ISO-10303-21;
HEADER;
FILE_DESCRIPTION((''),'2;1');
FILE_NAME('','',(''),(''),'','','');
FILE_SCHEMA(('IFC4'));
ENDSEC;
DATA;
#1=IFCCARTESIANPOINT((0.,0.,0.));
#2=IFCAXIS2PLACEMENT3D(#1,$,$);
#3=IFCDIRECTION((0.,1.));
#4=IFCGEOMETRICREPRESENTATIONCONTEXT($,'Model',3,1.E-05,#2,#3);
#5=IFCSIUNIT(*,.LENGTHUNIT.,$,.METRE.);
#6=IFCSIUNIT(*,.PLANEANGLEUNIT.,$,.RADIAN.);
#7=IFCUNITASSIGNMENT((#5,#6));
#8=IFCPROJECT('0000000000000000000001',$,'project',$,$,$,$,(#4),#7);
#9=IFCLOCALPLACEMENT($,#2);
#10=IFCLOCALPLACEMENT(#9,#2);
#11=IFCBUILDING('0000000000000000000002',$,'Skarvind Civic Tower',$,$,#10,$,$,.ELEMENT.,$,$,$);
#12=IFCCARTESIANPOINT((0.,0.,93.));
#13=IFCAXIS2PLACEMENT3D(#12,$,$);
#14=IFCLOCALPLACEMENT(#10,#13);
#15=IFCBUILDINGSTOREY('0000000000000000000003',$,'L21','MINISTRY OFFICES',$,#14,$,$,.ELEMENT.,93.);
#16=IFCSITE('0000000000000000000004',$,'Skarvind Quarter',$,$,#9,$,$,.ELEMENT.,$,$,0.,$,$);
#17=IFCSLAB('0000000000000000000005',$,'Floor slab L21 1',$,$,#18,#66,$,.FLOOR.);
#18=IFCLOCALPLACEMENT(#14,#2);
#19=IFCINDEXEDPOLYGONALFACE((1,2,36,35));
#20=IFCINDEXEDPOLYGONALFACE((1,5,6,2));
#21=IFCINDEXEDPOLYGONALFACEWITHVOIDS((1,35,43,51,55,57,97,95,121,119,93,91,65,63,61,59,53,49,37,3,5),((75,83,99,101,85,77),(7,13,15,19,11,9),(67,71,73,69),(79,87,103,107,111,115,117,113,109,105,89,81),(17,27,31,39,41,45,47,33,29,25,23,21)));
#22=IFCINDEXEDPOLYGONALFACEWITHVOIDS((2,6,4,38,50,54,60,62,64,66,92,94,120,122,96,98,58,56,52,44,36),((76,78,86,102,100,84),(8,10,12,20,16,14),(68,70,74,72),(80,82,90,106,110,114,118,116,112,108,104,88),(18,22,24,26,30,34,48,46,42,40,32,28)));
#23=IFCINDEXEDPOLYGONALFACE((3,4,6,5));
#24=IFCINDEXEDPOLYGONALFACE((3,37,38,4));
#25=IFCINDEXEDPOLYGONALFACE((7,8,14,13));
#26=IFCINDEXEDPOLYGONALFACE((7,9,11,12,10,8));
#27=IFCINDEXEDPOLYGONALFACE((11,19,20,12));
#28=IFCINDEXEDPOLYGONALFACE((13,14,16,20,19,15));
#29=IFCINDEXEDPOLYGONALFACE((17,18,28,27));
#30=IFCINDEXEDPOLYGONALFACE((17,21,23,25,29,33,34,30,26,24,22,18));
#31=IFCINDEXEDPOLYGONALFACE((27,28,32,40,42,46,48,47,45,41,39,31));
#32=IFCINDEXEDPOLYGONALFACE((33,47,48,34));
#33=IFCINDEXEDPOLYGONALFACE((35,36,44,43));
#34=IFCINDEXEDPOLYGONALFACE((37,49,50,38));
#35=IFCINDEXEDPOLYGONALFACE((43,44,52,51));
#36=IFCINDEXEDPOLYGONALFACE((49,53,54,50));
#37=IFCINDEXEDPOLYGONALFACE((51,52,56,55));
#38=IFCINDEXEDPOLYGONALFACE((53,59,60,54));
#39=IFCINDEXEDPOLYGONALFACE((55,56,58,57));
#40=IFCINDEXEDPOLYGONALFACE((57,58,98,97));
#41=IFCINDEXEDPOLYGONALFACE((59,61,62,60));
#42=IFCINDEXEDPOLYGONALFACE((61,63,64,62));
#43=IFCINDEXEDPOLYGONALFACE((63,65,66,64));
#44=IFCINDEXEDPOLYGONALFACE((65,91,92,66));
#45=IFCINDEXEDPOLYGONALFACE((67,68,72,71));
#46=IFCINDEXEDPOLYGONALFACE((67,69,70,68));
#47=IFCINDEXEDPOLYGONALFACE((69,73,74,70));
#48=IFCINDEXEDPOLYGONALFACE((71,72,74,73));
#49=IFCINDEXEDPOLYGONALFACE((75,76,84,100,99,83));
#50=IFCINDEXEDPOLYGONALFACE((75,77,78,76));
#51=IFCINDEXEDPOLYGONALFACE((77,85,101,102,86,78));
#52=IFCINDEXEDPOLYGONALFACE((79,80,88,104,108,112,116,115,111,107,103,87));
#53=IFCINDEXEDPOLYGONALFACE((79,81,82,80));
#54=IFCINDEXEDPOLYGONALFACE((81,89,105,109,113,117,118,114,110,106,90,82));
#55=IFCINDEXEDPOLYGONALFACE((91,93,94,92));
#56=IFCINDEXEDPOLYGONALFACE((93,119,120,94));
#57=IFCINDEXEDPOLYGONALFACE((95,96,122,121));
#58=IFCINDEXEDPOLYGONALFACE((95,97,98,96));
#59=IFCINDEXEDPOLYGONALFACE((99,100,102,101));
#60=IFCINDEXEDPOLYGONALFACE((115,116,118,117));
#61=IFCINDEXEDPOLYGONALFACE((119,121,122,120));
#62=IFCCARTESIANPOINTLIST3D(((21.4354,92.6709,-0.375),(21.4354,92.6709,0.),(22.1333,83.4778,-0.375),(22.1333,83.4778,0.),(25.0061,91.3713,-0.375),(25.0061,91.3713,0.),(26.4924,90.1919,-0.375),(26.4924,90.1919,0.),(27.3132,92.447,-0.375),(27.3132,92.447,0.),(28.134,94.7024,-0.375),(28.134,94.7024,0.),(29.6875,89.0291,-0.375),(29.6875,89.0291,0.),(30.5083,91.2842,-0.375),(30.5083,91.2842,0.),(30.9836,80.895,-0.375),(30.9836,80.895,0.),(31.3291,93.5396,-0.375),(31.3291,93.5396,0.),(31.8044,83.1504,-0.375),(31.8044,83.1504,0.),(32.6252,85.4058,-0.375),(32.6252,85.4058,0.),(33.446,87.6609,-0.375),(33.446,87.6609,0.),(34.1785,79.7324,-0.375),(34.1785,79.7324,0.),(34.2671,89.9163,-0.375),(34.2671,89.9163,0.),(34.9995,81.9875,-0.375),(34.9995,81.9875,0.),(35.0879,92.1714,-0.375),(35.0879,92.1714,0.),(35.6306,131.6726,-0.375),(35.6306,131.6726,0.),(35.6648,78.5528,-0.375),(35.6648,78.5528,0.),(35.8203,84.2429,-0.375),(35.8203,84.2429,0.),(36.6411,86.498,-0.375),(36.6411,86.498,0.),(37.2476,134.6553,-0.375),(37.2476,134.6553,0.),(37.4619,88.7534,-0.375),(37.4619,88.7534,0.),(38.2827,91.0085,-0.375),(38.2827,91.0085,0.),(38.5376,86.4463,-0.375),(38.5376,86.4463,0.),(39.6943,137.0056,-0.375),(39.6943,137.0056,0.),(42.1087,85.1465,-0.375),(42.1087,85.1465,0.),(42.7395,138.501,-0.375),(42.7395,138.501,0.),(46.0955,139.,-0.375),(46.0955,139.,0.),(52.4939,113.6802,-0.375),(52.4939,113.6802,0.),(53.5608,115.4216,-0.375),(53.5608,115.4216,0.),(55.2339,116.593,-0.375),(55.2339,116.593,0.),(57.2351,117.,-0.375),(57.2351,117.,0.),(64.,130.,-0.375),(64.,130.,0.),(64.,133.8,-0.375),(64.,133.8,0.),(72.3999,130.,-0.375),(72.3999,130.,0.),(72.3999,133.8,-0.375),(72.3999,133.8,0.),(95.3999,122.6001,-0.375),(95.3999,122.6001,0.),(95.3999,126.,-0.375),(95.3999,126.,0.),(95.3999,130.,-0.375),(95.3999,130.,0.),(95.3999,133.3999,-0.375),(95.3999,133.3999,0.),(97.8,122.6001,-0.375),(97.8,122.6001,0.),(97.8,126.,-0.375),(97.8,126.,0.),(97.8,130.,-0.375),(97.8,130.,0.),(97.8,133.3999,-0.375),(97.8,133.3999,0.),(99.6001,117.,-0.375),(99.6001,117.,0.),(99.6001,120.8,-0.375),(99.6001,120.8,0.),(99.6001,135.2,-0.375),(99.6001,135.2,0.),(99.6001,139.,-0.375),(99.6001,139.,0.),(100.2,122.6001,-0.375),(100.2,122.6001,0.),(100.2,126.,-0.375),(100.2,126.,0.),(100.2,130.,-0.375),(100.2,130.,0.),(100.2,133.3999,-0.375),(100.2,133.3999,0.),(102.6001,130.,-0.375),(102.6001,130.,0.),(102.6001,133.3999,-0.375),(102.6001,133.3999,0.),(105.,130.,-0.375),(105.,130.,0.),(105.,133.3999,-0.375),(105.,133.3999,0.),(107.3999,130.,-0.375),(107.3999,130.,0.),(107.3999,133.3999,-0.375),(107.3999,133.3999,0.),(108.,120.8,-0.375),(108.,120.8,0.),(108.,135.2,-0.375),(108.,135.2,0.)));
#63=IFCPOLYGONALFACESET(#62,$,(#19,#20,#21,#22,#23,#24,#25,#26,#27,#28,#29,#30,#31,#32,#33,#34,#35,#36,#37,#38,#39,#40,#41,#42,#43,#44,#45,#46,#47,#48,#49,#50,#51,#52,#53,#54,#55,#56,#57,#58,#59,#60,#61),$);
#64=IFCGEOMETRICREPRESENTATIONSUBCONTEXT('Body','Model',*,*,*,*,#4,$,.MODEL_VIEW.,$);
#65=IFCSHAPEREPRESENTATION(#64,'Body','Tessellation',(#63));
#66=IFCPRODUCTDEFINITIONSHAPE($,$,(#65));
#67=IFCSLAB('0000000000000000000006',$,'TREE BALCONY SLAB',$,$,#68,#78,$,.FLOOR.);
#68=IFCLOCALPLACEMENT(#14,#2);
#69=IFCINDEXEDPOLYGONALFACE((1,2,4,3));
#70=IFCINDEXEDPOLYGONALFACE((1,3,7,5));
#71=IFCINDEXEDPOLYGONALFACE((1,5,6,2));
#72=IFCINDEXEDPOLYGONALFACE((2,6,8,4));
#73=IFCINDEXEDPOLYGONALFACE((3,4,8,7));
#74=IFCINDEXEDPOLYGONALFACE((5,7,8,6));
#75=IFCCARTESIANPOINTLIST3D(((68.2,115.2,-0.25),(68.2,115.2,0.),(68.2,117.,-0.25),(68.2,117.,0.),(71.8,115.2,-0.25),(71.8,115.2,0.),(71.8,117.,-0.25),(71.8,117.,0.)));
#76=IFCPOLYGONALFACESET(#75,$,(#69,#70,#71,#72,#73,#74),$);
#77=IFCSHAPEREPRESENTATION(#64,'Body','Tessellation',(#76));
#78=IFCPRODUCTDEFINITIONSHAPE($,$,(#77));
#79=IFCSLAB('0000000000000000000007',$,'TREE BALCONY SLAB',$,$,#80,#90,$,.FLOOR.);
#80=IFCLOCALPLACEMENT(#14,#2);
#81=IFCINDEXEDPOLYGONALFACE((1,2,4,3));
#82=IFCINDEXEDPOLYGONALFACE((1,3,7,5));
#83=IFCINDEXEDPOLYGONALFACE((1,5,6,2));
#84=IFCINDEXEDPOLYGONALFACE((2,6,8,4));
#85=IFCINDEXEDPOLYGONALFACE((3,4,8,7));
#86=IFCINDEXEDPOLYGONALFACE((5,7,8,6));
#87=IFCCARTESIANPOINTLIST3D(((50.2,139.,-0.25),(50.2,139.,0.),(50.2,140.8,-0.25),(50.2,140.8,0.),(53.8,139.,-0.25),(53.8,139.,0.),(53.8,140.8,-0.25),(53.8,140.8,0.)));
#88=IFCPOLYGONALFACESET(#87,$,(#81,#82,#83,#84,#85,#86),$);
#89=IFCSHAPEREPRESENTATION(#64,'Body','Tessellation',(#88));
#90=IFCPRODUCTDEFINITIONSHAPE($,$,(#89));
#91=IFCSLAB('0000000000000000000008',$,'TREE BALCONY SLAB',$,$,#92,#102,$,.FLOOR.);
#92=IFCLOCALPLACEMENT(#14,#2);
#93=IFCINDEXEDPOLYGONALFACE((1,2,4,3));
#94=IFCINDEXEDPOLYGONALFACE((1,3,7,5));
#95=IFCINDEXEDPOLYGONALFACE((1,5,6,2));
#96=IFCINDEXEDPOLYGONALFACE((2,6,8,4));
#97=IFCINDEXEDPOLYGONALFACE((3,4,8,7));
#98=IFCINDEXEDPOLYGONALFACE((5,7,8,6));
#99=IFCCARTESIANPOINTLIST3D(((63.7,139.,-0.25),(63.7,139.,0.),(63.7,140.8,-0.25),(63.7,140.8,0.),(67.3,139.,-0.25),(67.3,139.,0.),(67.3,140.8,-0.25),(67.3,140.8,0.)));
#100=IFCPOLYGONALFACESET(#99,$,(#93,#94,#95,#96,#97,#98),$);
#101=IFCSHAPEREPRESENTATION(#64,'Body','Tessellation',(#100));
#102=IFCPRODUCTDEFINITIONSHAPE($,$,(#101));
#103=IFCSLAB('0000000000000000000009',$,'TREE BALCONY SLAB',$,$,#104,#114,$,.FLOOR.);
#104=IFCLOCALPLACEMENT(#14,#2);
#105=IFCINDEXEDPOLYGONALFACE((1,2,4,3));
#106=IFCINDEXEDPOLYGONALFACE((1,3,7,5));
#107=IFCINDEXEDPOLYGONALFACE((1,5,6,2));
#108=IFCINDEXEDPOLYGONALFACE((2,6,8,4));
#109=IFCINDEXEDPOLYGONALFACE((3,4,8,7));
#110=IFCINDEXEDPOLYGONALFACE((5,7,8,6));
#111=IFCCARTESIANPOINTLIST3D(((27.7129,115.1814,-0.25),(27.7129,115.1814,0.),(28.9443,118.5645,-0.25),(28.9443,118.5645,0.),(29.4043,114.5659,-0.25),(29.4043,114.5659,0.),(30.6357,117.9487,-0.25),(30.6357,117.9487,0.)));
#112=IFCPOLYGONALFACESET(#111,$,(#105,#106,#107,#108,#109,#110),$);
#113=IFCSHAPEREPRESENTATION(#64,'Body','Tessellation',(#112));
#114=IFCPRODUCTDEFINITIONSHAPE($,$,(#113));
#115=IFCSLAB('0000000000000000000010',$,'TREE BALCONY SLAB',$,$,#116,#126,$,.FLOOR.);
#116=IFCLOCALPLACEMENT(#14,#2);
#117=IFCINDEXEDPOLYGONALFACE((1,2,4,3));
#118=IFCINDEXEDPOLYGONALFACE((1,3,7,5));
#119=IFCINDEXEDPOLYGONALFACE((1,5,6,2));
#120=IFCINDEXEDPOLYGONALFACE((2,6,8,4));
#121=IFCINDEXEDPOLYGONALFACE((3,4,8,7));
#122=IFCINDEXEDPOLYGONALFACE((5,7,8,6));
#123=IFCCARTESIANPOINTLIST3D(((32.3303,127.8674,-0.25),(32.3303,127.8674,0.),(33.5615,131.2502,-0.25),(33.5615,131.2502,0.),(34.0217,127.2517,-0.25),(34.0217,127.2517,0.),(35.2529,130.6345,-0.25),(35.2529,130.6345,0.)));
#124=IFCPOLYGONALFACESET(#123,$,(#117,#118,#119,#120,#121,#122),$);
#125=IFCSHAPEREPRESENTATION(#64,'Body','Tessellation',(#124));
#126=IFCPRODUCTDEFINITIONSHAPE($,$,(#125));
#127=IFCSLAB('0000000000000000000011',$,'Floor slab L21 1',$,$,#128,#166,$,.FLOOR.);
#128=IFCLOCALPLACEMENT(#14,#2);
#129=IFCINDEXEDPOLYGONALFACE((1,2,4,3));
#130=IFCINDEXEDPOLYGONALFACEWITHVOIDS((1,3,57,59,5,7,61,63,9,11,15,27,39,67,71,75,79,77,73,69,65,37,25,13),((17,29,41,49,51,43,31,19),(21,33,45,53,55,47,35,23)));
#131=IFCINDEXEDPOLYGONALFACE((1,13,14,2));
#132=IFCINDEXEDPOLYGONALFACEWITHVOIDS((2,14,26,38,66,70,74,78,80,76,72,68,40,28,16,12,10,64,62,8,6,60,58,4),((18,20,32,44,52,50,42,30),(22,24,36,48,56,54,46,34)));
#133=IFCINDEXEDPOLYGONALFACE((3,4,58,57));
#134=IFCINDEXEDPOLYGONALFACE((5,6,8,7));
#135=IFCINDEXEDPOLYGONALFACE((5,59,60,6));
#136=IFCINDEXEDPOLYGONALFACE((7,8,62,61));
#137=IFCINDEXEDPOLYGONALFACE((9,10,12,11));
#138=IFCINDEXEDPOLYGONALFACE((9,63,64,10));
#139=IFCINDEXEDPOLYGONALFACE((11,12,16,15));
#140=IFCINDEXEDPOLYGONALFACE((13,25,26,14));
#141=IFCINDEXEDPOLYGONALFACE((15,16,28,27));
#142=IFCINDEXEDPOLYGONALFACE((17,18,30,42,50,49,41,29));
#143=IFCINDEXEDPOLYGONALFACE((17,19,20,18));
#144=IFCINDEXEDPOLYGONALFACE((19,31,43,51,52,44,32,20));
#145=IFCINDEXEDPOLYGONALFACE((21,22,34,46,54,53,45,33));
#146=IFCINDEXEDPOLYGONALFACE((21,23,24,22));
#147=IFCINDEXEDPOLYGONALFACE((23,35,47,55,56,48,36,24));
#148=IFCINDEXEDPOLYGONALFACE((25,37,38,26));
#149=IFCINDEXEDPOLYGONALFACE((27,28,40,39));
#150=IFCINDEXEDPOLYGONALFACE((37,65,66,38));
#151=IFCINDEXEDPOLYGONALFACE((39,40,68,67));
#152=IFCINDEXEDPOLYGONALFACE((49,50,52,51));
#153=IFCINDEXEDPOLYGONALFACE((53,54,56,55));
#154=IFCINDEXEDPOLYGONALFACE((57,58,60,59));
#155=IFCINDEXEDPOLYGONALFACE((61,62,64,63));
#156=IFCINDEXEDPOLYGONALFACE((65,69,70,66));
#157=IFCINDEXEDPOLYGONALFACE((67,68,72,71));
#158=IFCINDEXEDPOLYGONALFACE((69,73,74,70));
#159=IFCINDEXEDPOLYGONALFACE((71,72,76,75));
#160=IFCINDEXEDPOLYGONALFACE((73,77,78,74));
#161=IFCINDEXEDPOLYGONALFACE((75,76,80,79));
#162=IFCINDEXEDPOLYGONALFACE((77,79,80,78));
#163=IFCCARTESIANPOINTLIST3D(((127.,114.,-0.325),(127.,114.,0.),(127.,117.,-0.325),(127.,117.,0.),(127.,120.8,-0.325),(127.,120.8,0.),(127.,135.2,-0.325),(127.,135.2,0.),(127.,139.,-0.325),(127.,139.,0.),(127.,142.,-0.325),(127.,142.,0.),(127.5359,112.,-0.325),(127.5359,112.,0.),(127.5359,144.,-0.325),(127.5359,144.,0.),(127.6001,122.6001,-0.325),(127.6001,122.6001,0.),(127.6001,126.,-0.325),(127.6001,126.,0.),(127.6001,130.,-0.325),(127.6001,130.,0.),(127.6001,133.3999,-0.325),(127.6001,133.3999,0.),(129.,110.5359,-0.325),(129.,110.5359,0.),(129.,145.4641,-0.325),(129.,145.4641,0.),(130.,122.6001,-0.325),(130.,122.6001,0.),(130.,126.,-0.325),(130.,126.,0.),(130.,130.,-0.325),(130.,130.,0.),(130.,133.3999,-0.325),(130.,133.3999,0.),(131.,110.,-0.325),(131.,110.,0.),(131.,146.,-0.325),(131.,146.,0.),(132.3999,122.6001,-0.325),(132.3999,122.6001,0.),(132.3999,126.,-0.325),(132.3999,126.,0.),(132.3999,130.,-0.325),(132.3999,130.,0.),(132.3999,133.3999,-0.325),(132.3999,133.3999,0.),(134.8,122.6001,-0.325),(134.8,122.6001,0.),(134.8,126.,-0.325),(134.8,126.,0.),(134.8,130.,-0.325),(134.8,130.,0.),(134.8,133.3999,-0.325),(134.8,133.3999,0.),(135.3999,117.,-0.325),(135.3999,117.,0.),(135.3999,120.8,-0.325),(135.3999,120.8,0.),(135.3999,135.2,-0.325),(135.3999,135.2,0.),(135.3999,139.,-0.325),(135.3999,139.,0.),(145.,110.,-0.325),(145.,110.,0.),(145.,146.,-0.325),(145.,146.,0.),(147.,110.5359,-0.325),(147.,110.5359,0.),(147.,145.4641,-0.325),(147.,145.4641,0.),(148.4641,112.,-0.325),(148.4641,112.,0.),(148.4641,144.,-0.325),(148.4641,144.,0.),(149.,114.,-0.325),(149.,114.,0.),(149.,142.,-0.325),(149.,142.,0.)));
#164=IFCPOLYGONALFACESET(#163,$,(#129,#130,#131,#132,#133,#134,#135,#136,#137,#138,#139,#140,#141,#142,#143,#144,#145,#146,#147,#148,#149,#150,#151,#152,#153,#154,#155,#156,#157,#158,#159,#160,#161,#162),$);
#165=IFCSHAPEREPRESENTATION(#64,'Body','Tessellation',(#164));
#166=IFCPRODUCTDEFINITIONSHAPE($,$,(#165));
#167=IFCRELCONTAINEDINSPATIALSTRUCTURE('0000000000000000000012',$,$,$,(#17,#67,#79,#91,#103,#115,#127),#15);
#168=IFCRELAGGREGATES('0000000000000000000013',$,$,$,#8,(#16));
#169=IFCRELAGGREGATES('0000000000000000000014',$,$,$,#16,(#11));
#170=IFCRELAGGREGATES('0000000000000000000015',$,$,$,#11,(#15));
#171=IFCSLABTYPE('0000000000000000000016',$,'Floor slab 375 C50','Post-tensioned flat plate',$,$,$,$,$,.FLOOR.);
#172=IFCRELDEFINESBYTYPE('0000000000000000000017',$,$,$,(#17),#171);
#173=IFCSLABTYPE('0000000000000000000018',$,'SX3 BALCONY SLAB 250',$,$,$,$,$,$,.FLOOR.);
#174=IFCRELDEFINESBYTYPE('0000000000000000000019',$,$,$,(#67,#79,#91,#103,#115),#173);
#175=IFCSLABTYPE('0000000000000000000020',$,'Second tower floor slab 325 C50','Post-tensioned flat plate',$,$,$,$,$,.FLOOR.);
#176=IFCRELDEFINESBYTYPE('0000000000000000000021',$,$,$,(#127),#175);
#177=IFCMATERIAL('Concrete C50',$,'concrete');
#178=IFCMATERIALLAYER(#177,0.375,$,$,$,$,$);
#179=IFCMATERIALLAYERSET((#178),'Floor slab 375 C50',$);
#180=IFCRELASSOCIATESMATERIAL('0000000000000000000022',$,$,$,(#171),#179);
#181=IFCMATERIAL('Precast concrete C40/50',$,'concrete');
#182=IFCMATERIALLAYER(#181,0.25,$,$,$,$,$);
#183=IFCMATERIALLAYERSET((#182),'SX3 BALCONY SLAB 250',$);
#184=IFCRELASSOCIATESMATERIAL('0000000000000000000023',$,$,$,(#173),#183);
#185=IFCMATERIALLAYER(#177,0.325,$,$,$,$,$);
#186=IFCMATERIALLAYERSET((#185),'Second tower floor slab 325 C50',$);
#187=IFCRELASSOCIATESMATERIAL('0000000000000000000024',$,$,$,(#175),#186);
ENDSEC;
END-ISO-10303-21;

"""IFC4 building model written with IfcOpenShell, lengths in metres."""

from ifc_helpers import new_model, si_unit, direction, frame, origin, place, context, subcontext, project, spatial, polyline, outline, extrude, material, layer, layer_set, type_object, element, save


model = new_model("IFC4")

# Units and contexts
model_context = context("Model", 3, precision=1e-05, world=origin(), true_north=direction((0.0, 1.0)))
body_context = subcontext(model_context, "Body", "Model", "MODEL_VIEW")
ifc_project = project(units=[si_unit("LENGTHUNIT", "METRE"), si_unit("PLANEANGLEUNIT", "RADIAN")], contexts=[model_context])

# Site, building, storey
site_placement = place(None, origin())
site = spatial("IfcSite", under=ifc_project, at=site_placement, Name="Skarvind Quarter", CompositionType="ELEMENT", RefElevation=0.0)
building_placement = place(site_placement, origin())
building = spatial("IfcBuilding", under=site, at=building_placement, Name="Skarvind Civic Tower", CompositionType="ELEMENT")
storey_placement = place(building_placement, frame((0.0, 0.0, 93.0)))
storey = spatial("IfcBuildingStorey", under=building, at=storey_placement, Name="L21", Description="MINISTRY OFFICES", CompositionType="ELEMENT", Elevation=93.0)

# Slabs
ifc_material_1 = material(Name="Concrete C50", Category="concrete")
ifc_layer_1 = layer(ifc_material_1, 0.375)
ifc_layer_set_1 = layer_set([ifc_layer_1], Name="Floor slab 375 C50")
slab_type_1 = type_object("IfcSlabType", Name="Floor slab 375 C50", Description="Post-tensioned flat plate", PredefinedType="FLOOR", material=ifc_layer_set_1)
slab_1_placement = place(storey_placement, frame((0.0, 0.0, -0.375)))
element("IfcSlab", 1, at=slab_1_placement, inside=storey, type_object=slab_type_1, Name="Floor slab L21 1", PredefinedType="FLOOR", context=body_context, shape_type="SweptSolid", body=[
    extrude(outline(polyline([(99.6001, 117.0), (99.6001, 120.8), (108.0, 120.8), (108.0, 135.2), (99.6001, 135.2), (99.6001, 139.0), (46.0955, 139.0), (42.7395, 138.501), (39.6943, 137.0056), (37.2476, 134.6553), (35.6306, 131.6726), (19.4175, 87.1267), (21.4353, 92.6709), (25.0061, 91.3713), (22.1333, 83.4778), (36.8865, 78.1082), (35.6648, 78.5527), (38.5376, 86.4463), (42.1086, 85.1465), (40.0908, 79.6023), (40.0908, 79.6023), (52.4939, 113.6802), (53.5608, 115.4216), (55.2339, 116.593), (57.2351, 117.0), (99.6001, 117.0)]), holes=[polyline([(32.6252, 85.4058), (33.446, 87.6609), (34.2671, 89.9163), (35.0879, 92.1714), (38.2827, 91.0085), (37.4619, 88.7534), (36.6411, 86.498), (35.8203, 84.2429), (35.8203, 84.2429), (34.9995, 81.9875), (34.1785, 79.7324), (30.9836, 80.895), (31.8044, 83.1504), (32.6252, 85.4058), (32.6252, 85.4058)]), polyline([(31.3291, 93.5396), (30.5083, 91.2842), (29.6875, 89.0291), (26.4924, 90.1919), (27.3132, 92.447), (28.134, 94.7024), (31.3291, 93.5396)]), polyline([(64.0, 130.0), (64.0, 133.8), (72.3999, 133.8), (72.3999, 130.0), (64.0, 130.0)]), polyline([(100.2, 126.0), (100.2, 122.6001), (97.8, 122.6001), (95.3999, 122.6001), (95.3999, 126.0), (97.8, 126.0), (100.2, 126.0)]), polyline([(100.2, 133.3999), (102.6001, 133.3999), (105.0, 133.3999), (107.3999, 133.3999), (107.3999, 130.0), (105.0, 130.0), (102.6001, 130.0), (100.2, 130.0), (97.8, 130.0), (95.3999, 130.0), (95.3999, 133.3999), (97.8, 133.3999), (100.2, 133.3999)])]), origin(), (0.0, 0.0, 1.0), 0.375),
])
ifc_material_2 = material(Name="Precast concrete C40/50", Category="concrete")
ifc_layer_2 = layer(ifc_material_2, 0.25)
ifc_layer_set_2 = layer_set([ifc_layer_2], Name="SX3 BALCONY SLAB 250")
slab_type_2 = type_object("IfcSlabType", Name="SX3 BALCONY SLAB 250", PredefinedType="FLOOR", material=ifc_layer_set_2)
slab_2_placement = place(storey_placement, frame((0.0, 0.0, -0.25)))
element("IfcSlab", 2, at=slab_2_placement, inside=storey, type_object=slab_type_2, Name="TREE BALCONY SLAB", PredefinedType="FLOOR", context=body_context, shape_type="SweptSolid", body=[
    extrude(outline(polyline([(71.8, 117.0), (68.2, 117.0), (68.2, 115.2), (71.8, 115.2), (71.8, 117.0)])), origin(), (0.0, 0.0, 1.0), 0.25),
])
slab_3_placement = place(storey_placement, frame((0.0, 0.0, -0.25)))
element("IfcSlab", 3, at=slab_3_placement, inside=storey, type_object=slab_type_2, Name="TREE BALCONY SLAB", PredefinedType="FLOOR", context=body_context, shape_type="SweptSolid", body=[
    extrude(outline(polyline([(50.2, 139.0), (53.8, 139.0), (53.8, 140.8), (50.2, 140.8), (50.2, 139.0)])), origin(), (0.0, 0.0, 1.0), 0.25),
])
slab_4_placement = place(storey_placement, frame((0.0, 0.0, -0.25)))
element("IfcSlab", 4, at=slab_4_placement, inside=storey, type_object=slab_type_2, Name="TREE BALCONY SLAB", PredefinedType="FLOOR", context=body_context, shape_type="SweptSolid", body=[
    extrude(outline(polyline([(63.7, 139.0), (67.3, 139.0), (67.3, 140.8), (63.7, 140.8), (63.7, 139.0)])), origin(), (0.0, 0.0, 1.0), 0.25),
])
slab_5_placement = place(storey_placement, frame((0.0, 0.0, -0.25)))
element("IfcSlab", 5, at=slab_5_placement, inside=storey, type_object=slab_type_2, Name="TREE BALCONY SLAB", PredefinedType="FLOOR", context=body_context, shape_type="SweptSolid", body=[
    extrude(outline(polyline([(29.4043, 114.5659), (30.6357, 117.9487), (28.9443, 118.5645), (27.7129, 115.1814), (29.4043, 114.5659)])), origin(), (0.0, 0.0, 1.0), 0.25),
])
slab_6_placement = place(storey_placement, frame((0.0, 0.0, -0.25)))
element("IfcSlab", 6, at=slab_6_placement, inside=storey, type_object=slab_type_2, Name="TREE BALCONY SLAB", PredefinedType="FLOOR", context=body_context, shape_type="SweptSolid", body=[
    extrude(outline(polyline([(34.0217, 127.2517), (35.2529, 130.6345), (33.5615, 131.2502), (32.3303, 127.8674), (34.0217, 127.2517)])), origin(), (0.0, 0.0, 1.0), 0.25),
])
ifc_layer_3 = layer(ifc_material_1, 0.325)
ifc_layer_set_3 = layer_set([ifc_layer_3], Name="Second tower floor slab 325 C50")
slab_type_3 = type_object("IfcSlabType", Name="Second tower floor slab 325 C50", Description="Post-tensioned flat plate", PredefinedType="FLOOR", material=ifc_layer_set_3)
slab_7_placement = place(storey_placement, frame((0.0, 0.0, -0.325)))
element("IfcSlab", 7, at=slab_7_placement, inside=storey, type_object=slab_type_3, Name="Floor slab L21 1", PredefinedType="FLOOR", context=body_context, shape_type="SweptSolid", body=[
    extrude(outline(polyline([(127.0, 139.0), (135.3999, 139.0), (135.3999, 135.2), (127.0, 135.2), (127.0, 120.8), (135.3999, 120.8), (135.3999, 117.0), (127.0, 117.0), (127.0, 114.0), (127.5359, 112.0), (129.0, 110.5359), (131.0, 110.0), (145.0, 110.0), (147.0, 110.5359), (148.4641, 112.0), (149.0, 114.0), (149.0, 142.0), (148.4641, 144.0), (147.0, 145.4641), (145.0, 146.0), (131.0, 146.0), (129.0, 145.4641), (127.5359, 144.0), (127.0, 142.0), (127.0, 139.0)]), holes=[polyline([(132.3999, 126.0), (134.8, 126.0), (134.8, 122.6001), (132.3999, 122.6001), (130.0, 122.6001), (127.6001, 122.6001), (127.6001, 126.0), (130.0, 126.0), (132.3999, 126.0)]), polyline([(130.0, 133.3999), (132.3999, 133.3999), (134.8, 133.3999), (134.8, 130.0), (132.3999, 130.0), (130.0, 130.0), (127.6001, 130.0), (127.6001, 133.3999), (130.0, 133.3999)])]), origin(), (0.0, 0.0, 1.0), 0.325),
])

save(model, "model.ifc")
